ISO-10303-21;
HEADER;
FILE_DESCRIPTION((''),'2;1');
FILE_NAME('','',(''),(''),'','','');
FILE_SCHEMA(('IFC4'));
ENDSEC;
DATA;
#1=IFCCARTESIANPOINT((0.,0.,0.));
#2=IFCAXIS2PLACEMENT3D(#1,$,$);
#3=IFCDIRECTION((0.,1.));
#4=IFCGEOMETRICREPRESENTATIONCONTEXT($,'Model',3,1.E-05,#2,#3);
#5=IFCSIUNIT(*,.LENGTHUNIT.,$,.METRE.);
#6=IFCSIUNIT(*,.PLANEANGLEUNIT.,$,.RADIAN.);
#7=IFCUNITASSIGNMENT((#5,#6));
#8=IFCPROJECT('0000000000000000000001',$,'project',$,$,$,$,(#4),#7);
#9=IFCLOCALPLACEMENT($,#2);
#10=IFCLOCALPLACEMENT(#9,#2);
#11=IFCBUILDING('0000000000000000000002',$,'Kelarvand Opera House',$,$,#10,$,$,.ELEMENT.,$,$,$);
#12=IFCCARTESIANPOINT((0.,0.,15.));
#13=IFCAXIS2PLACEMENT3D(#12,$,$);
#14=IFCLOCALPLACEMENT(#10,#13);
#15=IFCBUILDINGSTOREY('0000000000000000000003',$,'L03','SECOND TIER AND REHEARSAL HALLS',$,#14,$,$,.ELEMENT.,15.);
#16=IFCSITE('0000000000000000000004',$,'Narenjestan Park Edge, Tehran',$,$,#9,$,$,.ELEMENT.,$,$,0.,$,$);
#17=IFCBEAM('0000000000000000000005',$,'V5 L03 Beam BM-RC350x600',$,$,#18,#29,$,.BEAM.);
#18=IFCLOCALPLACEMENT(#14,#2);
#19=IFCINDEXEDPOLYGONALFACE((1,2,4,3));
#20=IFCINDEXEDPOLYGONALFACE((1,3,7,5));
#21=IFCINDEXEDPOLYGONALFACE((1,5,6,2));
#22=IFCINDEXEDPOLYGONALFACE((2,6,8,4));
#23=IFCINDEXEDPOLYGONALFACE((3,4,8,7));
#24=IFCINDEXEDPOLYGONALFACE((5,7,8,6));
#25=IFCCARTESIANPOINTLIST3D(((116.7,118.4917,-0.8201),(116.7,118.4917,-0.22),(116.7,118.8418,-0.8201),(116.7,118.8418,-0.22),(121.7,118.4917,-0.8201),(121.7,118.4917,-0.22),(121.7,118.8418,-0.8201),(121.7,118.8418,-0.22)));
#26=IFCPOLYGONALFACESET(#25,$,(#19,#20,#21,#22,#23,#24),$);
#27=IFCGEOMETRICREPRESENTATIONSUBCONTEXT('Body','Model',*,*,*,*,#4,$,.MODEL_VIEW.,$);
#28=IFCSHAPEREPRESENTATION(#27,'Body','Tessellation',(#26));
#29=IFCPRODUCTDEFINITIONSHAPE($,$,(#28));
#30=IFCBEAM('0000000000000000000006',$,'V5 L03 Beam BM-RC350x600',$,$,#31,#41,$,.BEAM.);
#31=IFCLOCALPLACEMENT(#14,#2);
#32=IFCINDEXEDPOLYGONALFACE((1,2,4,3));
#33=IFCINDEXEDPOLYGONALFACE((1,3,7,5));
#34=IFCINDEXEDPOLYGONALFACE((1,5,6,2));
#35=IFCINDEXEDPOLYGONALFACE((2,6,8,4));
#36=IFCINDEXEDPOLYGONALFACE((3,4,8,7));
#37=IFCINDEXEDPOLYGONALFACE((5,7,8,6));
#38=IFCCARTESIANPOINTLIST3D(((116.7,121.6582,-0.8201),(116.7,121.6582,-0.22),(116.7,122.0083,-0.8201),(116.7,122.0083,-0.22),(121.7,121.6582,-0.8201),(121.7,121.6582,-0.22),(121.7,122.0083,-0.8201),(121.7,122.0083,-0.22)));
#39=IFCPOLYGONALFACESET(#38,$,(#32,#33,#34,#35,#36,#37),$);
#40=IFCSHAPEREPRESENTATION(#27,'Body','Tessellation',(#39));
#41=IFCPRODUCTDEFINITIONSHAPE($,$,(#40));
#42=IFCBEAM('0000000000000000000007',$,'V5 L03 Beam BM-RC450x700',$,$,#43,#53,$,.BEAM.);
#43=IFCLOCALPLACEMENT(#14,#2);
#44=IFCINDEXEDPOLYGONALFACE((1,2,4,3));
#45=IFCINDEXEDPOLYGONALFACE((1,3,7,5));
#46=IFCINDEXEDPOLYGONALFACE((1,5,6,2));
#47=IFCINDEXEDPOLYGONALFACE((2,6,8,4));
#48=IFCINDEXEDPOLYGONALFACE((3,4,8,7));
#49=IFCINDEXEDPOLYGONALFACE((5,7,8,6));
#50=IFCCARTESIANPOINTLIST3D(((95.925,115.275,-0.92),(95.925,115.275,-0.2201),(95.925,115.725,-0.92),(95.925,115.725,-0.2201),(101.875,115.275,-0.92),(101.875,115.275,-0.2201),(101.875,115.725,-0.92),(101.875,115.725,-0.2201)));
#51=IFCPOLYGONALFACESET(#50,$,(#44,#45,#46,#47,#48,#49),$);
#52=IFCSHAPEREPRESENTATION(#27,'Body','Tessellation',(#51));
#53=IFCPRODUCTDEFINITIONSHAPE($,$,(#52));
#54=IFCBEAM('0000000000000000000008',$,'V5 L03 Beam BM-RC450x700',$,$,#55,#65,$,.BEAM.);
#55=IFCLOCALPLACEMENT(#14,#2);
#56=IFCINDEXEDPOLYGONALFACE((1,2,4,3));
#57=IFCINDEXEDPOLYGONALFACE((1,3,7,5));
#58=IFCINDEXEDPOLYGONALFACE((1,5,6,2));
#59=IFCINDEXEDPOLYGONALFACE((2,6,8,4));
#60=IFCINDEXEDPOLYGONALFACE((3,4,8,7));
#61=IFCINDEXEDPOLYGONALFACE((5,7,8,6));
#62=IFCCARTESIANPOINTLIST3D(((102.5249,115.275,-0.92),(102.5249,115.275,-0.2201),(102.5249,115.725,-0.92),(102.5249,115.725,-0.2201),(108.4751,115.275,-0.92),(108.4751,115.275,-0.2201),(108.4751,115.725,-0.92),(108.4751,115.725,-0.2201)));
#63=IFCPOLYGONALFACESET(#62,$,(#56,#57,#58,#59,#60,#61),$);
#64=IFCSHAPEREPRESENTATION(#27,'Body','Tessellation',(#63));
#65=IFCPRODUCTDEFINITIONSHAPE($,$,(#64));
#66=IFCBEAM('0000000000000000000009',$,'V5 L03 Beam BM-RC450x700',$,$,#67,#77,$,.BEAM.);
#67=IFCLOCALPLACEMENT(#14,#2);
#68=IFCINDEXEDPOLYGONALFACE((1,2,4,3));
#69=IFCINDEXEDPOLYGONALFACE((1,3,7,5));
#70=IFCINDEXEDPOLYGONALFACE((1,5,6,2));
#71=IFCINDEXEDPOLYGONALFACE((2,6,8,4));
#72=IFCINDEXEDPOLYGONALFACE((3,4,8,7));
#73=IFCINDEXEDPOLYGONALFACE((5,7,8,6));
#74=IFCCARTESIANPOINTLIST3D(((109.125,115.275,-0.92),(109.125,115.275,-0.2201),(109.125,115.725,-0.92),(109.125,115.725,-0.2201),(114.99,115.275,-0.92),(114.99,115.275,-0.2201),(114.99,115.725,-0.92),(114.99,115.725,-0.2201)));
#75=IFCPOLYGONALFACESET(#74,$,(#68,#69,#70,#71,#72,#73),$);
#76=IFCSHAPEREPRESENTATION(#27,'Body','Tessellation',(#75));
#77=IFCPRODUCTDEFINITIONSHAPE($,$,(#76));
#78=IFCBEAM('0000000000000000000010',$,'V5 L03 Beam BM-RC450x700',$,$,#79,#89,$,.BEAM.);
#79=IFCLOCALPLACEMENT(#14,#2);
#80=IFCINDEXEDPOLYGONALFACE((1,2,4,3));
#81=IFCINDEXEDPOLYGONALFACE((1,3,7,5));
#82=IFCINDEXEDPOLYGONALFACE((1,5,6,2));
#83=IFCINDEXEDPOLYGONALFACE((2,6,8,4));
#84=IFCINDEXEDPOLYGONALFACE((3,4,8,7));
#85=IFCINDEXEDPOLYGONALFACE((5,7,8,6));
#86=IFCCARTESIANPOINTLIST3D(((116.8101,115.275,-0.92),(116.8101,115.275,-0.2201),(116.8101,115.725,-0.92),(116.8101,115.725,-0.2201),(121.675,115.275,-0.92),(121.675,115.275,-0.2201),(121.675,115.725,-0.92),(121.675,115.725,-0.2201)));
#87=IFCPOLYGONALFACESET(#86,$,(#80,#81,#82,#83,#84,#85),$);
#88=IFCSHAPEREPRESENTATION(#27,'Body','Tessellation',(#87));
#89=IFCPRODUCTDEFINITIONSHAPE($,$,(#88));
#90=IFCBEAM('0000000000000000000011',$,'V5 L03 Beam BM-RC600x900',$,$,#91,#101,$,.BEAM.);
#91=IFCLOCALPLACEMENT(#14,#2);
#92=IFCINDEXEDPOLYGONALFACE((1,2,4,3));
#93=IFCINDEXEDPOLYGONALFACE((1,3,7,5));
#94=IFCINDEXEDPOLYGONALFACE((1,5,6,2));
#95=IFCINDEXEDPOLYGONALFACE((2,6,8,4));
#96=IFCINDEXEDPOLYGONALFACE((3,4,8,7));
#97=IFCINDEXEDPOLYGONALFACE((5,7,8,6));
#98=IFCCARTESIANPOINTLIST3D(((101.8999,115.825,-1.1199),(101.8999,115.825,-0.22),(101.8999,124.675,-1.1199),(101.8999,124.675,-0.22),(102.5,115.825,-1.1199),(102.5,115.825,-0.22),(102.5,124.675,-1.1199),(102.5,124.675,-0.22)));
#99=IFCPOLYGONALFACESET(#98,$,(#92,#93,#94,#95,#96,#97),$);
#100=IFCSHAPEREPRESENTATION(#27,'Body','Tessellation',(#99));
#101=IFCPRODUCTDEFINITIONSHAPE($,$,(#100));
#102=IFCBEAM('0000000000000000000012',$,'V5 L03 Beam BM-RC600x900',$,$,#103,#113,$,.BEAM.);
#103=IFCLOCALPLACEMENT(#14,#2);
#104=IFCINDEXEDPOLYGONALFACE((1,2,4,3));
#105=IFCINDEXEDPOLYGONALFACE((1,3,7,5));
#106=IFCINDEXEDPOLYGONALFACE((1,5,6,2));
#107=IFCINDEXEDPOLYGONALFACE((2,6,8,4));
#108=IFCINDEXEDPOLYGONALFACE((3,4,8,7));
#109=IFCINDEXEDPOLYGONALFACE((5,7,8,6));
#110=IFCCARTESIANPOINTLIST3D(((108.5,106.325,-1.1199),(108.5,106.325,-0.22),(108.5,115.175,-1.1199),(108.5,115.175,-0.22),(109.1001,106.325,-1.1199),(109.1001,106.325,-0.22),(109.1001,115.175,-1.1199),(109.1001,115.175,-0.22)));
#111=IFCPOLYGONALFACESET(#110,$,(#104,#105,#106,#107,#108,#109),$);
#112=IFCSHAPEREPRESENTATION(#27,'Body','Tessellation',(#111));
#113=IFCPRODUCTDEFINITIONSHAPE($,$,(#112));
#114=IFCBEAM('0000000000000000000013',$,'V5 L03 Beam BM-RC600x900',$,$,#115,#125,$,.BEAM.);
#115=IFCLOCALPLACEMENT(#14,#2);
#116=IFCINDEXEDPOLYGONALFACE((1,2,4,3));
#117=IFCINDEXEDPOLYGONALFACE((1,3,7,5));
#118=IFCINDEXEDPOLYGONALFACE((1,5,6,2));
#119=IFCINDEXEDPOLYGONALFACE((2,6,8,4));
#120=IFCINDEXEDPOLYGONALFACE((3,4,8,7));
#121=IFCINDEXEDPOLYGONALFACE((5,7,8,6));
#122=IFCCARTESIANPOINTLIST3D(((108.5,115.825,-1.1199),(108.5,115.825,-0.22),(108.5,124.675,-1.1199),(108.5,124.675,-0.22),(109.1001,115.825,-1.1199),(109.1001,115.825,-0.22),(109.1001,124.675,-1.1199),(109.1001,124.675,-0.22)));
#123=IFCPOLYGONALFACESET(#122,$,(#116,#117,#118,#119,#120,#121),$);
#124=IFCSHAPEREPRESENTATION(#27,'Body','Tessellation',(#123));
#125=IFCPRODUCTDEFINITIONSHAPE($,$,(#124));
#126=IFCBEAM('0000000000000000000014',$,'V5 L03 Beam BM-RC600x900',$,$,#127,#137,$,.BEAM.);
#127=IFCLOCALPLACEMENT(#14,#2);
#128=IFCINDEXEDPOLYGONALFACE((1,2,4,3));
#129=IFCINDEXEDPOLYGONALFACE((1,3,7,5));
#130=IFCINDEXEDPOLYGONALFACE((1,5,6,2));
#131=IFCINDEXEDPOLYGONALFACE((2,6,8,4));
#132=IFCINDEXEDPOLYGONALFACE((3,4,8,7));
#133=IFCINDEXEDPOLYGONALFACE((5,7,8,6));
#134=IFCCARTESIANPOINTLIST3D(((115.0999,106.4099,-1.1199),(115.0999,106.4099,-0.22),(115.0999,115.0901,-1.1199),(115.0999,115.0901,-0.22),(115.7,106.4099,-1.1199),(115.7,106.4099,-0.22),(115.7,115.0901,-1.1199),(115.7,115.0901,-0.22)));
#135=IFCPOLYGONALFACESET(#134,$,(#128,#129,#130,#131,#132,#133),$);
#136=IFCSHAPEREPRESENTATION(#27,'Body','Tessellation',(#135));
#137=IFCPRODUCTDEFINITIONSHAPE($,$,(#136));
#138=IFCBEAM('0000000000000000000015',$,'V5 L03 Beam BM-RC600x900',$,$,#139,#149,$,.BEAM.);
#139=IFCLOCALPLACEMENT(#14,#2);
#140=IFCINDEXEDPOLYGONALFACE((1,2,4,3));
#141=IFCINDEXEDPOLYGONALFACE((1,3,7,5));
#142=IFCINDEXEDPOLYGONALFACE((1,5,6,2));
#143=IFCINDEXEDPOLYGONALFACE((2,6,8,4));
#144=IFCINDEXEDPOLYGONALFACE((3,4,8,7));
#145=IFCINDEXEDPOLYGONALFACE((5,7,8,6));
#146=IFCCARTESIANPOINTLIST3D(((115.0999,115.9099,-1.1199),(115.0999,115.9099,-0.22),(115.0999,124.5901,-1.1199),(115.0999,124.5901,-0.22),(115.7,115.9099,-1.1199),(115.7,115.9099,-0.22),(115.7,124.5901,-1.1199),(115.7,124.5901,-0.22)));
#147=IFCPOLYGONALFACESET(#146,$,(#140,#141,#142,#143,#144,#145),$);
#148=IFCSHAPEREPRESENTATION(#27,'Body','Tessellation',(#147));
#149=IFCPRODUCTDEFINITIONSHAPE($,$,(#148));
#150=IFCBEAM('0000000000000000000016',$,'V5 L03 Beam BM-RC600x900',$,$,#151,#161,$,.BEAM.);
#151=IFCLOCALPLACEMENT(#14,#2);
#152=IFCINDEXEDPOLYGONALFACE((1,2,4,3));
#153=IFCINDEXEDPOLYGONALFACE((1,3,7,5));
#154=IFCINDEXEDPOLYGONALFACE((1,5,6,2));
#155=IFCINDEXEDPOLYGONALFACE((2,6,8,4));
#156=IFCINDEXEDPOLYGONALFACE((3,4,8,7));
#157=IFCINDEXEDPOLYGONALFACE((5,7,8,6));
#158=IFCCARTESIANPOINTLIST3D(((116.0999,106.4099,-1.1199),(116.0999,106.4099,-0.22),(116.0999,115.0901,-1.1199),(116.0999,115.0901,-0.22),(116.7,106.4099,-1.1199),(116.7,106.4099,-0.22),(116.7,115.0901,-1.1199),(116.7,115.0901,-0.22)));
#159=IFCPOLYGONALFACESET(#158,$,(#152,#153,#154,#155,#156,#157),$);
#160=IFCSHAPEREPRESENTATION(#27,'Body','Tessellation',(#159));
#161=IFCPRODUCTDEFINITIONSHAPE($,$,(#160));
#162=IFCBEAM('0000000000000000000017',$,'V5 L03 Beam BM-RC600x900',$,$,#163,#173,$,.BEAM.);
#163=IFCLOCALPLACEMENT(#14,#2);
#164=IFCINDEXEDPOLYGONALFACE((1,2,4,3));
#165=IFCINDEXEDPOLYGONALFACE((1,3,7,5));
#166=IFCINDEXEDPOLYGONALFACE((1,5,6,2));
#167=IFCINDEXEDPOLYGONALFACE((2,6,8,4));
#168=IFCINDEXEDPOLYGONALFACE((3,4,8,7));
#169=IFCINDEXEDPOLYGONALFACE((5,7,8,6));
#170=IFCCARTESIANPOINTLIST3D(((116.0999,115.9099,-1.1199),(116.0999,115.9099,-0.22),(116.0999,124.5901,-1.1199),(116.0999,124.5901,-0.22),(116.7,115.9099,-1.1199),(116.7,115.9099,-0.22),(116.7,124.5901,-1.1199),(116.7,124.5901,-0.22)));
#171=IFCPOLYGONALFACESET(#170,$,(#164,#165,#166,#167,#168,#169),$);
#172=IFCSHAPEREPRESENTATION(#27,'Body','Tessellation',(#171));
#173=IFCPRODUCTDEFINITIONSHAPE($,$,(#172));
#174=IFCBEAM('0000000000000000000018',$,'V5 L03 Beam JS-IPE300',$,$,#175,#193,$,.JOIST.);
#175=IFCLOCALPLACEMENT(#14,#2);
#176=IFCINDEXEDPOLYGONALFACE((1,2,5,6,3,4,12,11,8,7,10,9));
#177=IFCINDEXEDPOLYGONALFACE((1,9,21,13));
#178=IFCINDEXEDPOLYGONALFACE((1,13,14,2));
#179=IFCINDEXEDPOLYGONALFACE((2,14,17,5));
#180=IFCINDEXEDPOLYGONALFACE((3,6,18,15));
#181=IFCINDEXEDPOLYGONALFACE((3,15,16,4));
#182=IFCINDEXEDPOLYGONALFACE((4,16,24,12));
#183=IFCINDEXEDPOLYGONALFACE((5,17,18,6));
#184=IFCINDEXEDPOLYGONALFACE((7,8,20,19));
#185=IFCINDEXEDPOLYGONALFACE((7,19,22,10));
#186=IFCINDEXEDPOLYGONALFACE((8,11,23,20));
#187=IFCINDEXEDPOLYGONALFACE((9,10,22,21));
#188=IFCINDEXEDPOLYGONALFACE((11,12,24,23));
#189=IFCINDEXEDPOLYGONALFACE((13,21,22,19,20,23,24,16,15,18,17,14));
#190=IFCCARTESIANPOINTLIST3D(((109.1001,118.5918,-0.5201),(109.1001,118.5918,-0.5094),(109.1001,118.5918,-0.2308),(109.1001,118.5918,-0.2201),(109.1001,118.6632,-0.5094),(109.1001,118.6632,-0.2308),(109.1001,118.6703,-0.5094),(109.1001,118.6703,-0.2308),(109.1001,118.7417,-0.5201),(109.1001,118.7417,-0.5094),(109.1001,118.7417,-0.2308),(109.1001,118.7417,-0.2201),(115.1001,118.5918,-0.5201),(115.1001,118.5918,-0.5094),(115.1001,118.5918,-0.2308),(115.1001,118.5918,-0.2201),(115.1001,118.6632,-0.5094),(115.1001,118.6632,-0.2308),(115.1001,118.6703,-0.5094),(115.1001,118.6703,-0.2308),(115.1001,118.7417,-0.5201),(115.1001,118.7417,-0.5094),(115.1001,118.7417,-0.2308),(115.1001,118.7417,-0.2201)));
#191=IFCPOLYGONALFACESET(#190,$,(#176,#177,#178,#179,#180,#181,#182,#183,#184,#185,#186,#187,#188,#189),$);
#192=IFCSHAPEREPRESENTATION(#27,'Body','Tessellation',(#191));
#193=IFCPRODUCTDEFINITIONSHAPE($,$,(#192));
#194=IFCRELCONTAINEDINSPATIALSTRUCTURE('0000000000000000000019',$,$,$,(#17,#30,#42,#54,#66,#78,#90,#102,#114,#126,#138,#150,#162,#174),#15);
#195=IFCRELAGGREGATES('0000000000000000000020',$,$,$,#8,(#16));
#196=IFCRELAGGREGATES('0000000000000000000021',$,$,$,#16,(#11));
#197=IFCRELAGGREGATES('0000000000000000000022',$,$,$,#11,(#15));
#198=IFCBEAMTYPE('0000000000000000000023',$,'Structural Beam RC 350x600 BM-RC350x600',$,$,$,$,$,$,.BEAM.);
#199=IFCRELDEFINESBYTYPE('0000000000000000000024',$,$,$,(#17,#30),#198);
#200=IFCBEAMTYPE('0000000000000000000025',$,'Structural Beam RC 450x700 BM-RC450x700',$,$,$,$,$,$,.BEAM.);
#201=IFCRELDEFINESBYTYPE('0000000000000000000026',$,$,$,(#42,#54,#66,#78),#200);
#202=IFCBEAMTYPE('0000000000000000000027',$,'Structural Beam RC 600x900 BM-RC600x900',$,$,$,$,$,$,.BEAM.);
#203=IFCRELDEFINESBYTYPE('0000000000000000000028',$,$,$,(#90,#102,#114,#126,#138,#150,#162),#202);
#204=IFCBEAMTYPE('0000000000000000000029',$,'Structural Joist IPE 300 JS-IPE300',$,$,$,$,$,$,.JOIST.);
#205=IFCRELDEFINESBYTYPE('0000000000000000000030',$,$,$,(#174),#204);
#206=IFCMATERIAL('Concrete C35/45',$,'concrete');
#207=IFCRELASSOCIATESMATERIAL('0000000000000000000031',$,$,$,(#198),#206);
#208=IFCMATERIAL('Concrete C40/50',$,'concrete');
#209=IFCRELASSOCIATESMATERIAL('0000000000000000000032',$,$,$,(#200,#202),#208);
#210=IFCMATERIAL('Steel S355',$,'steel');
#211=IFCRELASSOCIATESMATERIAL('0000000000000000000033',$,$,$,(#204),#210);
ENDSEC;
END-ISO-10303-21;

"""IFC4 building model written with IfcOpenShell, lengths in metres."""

from ifc_helpers import new_model, si_unit, direction, frame, origin, origin_2d, place, context, subcontext, project, spatial, rectangle, i_section, extrude, material, material_profile, profile_set, type_object, element, save


model = new_model("IFC4")

# Units and contexts
model_context = context("Model", 3, precision=1e-05, world=origin(), true_north=direction((0.0, 1.0)))
body_context = subcontext(model_context, "Body", "Model", "MODEL_VIEW")
ifc_project = project(units=[si_unit("LENGTHUNIT", "METRE"), si_unit("PLANEANGLEUNIT", "RADIAN")], contexts=[model_context])

# Site, building, storey
site_placement = place(None, origin())
site = spatial("IfcSite", under=ifc_project, at=site_placement, Name="Narenjestan Park Edge, Tehran", CompositionType="ELEMENT", RefElevation=0.0)
building_placement = place(site_placement, origin())
building = spatial("IfcBuilding", under=site, at=building_placement, Name="Kelarvand Opera House", CompositionType="ELEMENT")
storey_placement = place(building_placement, frame((0.0, 0.0, 15.0)))
storey = spatial("IfcBuildingStorey", under=building, at=storey_placement, Name="L03", Description="SECOND TIER AND REHEARSAL HALLS", CompositionType="ELEMENT", Elevation=15.0)

# Beams
ifc_material_1 = material(Name="Concrete C35/45", Category="concrete")
ifc_material_profile_1 = material_profile(ifc_material_1, rectangle(XDim=0.3501, YDim=0.6001, at=origin_2d()), Name="RC 350x600", Category="concrete")
ifc_profile_set_1 = profile_set([ifc_material_profile_1], Name="Concrete C35/45")
beam_type_1 = type_object("IfcBeamType", Name="Structural Beam RC 350x600 BM-RC350x600", PredefinedType="BEAM", material=ifc_profile_set_1)
for number, where, z_axis, x_axis, name in (
    (1, (116.7, 118.6667, -0.52), (1.0, 0.0, 0.0), (0.0, 1.0, 0.0), "V5 L03 Beam BM-RC350x600"),
    (2, (116.7, 121.8333, -0.52), (1.0, 0.0, 0.0), (0.0, 1.0, 0.0), "V5 L03 Beam BM-RC350x600"),
):
    element("IfcBeam", number, at=place(storey_placement, frame(where, z_axis=z_axis, x_axis=x_axis)), inside=storey, type_object=beam_type_1, Name=name, PredefinedType="BEAM", context=body_context, shape_type="SweptSolid", body=[
        extrude(rectangle(XDim=0.3501, YDim=0.6001, at=origin_2d()), origin(), (0.0, 0.0, 1.0), 5.0),
    ])
ifc_material_2 = material(Name="Concrete C40/50", Category="concrete")
ifc_material_profile_2 = material_profile(ifc_material_2, rectangle(XDim=0.45, YDim=0.7, at=origin_2d()), Name="RC 450x700", Category="concrete")
ifc_profile_set_2 = profile_set([ifc_material_profile_2], Name="Concrete C40/50")
beam_type_2 = type_object("IfcBeamType", Name="Structural Beam RC 450x700 BM-RC450x700", PredefinedType="BEAM", material=ifc_profile_set_2)
beam_1_placement = place(storey_placement, frame((95.925, 115.5, -0.5701), z_axis=(1.0, 0.0, 0.0), x_axis=(0.0, 1.0, 0.0)))
element("IfcBeam", 3, at=beam_1_placement, inside=storey, type_object=beam_type_2, Name="V5 L03 Beam BM-RC450x700", PredefinedType="BEAM", context=body_context, shape_type="SweptSolid", body=[
    extrude(rectangle(XDim=0.45, YDim=0.7, at=origin_2d()), origin(), (0.0, 0.0, 1.0), 5.95),
])
beam_2_placement = place(storey_placement, frame((102.5249, 115.5, -0.5701), z_axis=(1.0, 0.0, 0.0), x_axis=(0.0, 1.0, 0.0)))
element("IfcBeam", 4, at=beam_2_placement, inside=storey, type_object=beam_type_2, Name="V5 L03 Beam BM-RC450x700", PredefinedType="BEAM", context=body_context, shape_type="SweptSolid", body=[
    extrude(rectangle(XDim=0.45, YDim=0.7, at=origin_2d()), origin(), (0.0, 0.0, 1.0), 5.9502),
])
beam_3_placement = place(storey_placement, frame((109.125, 115.5, -0.5701), z_axis=(1.0, 0.0, 0.0), x_axis=(0.0, 1.0, 0.0)))
element("IfcBeam", 5, at=beam_3_placement, inside=storey, type_object=beam_type_2, Name="V5 L03 Beam BM-RC450x700", PredefinedType="BEAM", context=body_context, shape_type="SweptSolid", body=[
    extrude(rectangle(XDim=0.45, YDim=0.7, at=origin_2d()), origin(), (0.0, 0.0, 1.0), 5.865),
])
beam_4_placement = place(storey_placement, frame((116.8101, 115.5, -0.5701), z_axis=(1.0, 0.0, 0.0), x_axis=(0.0, 1.0, 0.0)))
element("IfcBeam", 6, at=beam_4_placement, inside=storey, type_object=beam_type_2, Name="V5 L03 Beam BM-RC450x700", PredefinedType="BEAM", context=body_context, shape_type="SweptSolid", body=[
    extrude(rectangle(XDim=0.45, YDim=0.7, at=origin_2d()), origin(), (0.0, 0.0, 1.0), 4.865),
])
ifc_material_profile_3 = material_profile(ifc_material_2, rectangle(XDim=0.6001, YDim=0.8999, at=origin_2d()), Name="RC 600x900", Category="concrete")
ifc_profile_set_3 = profile_set([ifc_material_profile_3], Name="Concrete C40/50")
beam_type_3 = type_object("IfcBeamType", Name="Structural Beam RC 600x900 BM-RC600x900", PredefinedType="BEAM", material=ifc_profile_set_3)
for number, where, z_axis, x_axis, name in (
    (7, (102.2, 115.825, -0.6699), (0.0, 1.0, 0.0), (-1.0, 0.0, 0.0), "V5 L03 Beam BM-RC600x900"),
    (8, (108.8, 106.325, -0.6699), (0.0, 1.0, 0.0), (-1.0, 0.0, 0.0), "V5 L03 Beam BM-RC600x900"),
    (9, (108.8, 115.825, -0.6699), (0.0, 1.0, 0.0), (-1.0, 0.0, 0.0), "V5 L03 Beam BM-RC600x900"),
):
    element("IfcBeam", number, at=place(storey_placement, frame(where, z_axis=z_axis, x_axis=x_axis)), inside=storey, type_object=beam_type_3, Name=name, PredefinedType="BEAM", context=body_context, shape_type="SweptSolid", body=[
        extrude(rectangle(XDim=0.6001, YDim=0.8999, at=origin_2d()), origin(), (0.0, 0.0, 1.0), 8.8501),
    ])
for number, where, z_axis, x_axis, name in (
    (10, (115.3999, 106.4099, -0.6699), (0.0, 1.0, 0.0), (-1.0, 0.0, 0.0), "V5 L03 Beam BM-RC600x900"),
    (11, (115.3999, 115.9099, -0.6699), (0.0, 1.0, 0.0), (-1.0, 0.0, 0.0), "V5 L03 Beam BM-RC600x900"),
    (12, (116.3999, 106.4099, -0.6699), (0.0, 1.0, 0.0), (-1.0, 0.0, 0.0), "V5 L03 Beam BM-RC600x900"),
    (13, (116.3999, 115.9099, -0.6699), (0.0, 1.0, 0.0), (-1.0, 0.0, 0.0), "V5 L03 Beam BM-RC600x900"),
):
    element("IfcBeam", number, at=place(storey_placement, frame(where, z_axis=z_axis, x_axis=x_axis)), inside=storey, type_object=beam_type_3, Name=name, PredefinedType="BEAM", context=body_context, shape_type="SweptSolid", body=[
        extrude(rectangle(XDim=0.6001, YDim=0.8999, at=origin_2d()), origin(), (0.0, 0.0, 1.0), 8.6802),
    ])
ifc_material_3 = material(Name="Steel S355", Category="steel")
ifc_material_profile_4 = material_profile(ifc_material_3, i_section(OverallWidth=0.1499, OverallDepth=0.3, WebThickness=0.0071, FlangeThickness=0.0107, at=origin_2d()), Name="IPE 300", Category="steel")
ifc_profile_set_4 = profile_set([ifc_material_profile_4], Name="Steel S355")
beam_type_4 = type_object("IfcBeamType", Name="Structural Joist IPE 300 JS-IPE300", PredefinedType="JOIST", material=ifc_profile_set_4)
for number, where, z_axis, x_axis, name in (
    (14, (109.1001, 118.6667, -0.3701), (1.0, 0.0, 0.0), (0.0, 1.0, 0.0), "V5 L03 Beam JS-IPE300"),
):
    element("IfcBeam", number, at=place(storey_placement, frame(where, z_axis=z_axis, x_axis=x_axis)), inside=storey, type_object=beam_type_4, Name=name, PredefinedType="JOIST", context=body_context, shape_type="SweptSolid", body=[
        extrude(i_section(OverallWidth=0.1499, OverallDepth=0.3, WebThickness=0.0071, FlangeThickness=0.0107, at=origin_2d()), origin(), (0.0, 0.0, 1.0), 6.0),
    ])

save(model, "model.ifc")
